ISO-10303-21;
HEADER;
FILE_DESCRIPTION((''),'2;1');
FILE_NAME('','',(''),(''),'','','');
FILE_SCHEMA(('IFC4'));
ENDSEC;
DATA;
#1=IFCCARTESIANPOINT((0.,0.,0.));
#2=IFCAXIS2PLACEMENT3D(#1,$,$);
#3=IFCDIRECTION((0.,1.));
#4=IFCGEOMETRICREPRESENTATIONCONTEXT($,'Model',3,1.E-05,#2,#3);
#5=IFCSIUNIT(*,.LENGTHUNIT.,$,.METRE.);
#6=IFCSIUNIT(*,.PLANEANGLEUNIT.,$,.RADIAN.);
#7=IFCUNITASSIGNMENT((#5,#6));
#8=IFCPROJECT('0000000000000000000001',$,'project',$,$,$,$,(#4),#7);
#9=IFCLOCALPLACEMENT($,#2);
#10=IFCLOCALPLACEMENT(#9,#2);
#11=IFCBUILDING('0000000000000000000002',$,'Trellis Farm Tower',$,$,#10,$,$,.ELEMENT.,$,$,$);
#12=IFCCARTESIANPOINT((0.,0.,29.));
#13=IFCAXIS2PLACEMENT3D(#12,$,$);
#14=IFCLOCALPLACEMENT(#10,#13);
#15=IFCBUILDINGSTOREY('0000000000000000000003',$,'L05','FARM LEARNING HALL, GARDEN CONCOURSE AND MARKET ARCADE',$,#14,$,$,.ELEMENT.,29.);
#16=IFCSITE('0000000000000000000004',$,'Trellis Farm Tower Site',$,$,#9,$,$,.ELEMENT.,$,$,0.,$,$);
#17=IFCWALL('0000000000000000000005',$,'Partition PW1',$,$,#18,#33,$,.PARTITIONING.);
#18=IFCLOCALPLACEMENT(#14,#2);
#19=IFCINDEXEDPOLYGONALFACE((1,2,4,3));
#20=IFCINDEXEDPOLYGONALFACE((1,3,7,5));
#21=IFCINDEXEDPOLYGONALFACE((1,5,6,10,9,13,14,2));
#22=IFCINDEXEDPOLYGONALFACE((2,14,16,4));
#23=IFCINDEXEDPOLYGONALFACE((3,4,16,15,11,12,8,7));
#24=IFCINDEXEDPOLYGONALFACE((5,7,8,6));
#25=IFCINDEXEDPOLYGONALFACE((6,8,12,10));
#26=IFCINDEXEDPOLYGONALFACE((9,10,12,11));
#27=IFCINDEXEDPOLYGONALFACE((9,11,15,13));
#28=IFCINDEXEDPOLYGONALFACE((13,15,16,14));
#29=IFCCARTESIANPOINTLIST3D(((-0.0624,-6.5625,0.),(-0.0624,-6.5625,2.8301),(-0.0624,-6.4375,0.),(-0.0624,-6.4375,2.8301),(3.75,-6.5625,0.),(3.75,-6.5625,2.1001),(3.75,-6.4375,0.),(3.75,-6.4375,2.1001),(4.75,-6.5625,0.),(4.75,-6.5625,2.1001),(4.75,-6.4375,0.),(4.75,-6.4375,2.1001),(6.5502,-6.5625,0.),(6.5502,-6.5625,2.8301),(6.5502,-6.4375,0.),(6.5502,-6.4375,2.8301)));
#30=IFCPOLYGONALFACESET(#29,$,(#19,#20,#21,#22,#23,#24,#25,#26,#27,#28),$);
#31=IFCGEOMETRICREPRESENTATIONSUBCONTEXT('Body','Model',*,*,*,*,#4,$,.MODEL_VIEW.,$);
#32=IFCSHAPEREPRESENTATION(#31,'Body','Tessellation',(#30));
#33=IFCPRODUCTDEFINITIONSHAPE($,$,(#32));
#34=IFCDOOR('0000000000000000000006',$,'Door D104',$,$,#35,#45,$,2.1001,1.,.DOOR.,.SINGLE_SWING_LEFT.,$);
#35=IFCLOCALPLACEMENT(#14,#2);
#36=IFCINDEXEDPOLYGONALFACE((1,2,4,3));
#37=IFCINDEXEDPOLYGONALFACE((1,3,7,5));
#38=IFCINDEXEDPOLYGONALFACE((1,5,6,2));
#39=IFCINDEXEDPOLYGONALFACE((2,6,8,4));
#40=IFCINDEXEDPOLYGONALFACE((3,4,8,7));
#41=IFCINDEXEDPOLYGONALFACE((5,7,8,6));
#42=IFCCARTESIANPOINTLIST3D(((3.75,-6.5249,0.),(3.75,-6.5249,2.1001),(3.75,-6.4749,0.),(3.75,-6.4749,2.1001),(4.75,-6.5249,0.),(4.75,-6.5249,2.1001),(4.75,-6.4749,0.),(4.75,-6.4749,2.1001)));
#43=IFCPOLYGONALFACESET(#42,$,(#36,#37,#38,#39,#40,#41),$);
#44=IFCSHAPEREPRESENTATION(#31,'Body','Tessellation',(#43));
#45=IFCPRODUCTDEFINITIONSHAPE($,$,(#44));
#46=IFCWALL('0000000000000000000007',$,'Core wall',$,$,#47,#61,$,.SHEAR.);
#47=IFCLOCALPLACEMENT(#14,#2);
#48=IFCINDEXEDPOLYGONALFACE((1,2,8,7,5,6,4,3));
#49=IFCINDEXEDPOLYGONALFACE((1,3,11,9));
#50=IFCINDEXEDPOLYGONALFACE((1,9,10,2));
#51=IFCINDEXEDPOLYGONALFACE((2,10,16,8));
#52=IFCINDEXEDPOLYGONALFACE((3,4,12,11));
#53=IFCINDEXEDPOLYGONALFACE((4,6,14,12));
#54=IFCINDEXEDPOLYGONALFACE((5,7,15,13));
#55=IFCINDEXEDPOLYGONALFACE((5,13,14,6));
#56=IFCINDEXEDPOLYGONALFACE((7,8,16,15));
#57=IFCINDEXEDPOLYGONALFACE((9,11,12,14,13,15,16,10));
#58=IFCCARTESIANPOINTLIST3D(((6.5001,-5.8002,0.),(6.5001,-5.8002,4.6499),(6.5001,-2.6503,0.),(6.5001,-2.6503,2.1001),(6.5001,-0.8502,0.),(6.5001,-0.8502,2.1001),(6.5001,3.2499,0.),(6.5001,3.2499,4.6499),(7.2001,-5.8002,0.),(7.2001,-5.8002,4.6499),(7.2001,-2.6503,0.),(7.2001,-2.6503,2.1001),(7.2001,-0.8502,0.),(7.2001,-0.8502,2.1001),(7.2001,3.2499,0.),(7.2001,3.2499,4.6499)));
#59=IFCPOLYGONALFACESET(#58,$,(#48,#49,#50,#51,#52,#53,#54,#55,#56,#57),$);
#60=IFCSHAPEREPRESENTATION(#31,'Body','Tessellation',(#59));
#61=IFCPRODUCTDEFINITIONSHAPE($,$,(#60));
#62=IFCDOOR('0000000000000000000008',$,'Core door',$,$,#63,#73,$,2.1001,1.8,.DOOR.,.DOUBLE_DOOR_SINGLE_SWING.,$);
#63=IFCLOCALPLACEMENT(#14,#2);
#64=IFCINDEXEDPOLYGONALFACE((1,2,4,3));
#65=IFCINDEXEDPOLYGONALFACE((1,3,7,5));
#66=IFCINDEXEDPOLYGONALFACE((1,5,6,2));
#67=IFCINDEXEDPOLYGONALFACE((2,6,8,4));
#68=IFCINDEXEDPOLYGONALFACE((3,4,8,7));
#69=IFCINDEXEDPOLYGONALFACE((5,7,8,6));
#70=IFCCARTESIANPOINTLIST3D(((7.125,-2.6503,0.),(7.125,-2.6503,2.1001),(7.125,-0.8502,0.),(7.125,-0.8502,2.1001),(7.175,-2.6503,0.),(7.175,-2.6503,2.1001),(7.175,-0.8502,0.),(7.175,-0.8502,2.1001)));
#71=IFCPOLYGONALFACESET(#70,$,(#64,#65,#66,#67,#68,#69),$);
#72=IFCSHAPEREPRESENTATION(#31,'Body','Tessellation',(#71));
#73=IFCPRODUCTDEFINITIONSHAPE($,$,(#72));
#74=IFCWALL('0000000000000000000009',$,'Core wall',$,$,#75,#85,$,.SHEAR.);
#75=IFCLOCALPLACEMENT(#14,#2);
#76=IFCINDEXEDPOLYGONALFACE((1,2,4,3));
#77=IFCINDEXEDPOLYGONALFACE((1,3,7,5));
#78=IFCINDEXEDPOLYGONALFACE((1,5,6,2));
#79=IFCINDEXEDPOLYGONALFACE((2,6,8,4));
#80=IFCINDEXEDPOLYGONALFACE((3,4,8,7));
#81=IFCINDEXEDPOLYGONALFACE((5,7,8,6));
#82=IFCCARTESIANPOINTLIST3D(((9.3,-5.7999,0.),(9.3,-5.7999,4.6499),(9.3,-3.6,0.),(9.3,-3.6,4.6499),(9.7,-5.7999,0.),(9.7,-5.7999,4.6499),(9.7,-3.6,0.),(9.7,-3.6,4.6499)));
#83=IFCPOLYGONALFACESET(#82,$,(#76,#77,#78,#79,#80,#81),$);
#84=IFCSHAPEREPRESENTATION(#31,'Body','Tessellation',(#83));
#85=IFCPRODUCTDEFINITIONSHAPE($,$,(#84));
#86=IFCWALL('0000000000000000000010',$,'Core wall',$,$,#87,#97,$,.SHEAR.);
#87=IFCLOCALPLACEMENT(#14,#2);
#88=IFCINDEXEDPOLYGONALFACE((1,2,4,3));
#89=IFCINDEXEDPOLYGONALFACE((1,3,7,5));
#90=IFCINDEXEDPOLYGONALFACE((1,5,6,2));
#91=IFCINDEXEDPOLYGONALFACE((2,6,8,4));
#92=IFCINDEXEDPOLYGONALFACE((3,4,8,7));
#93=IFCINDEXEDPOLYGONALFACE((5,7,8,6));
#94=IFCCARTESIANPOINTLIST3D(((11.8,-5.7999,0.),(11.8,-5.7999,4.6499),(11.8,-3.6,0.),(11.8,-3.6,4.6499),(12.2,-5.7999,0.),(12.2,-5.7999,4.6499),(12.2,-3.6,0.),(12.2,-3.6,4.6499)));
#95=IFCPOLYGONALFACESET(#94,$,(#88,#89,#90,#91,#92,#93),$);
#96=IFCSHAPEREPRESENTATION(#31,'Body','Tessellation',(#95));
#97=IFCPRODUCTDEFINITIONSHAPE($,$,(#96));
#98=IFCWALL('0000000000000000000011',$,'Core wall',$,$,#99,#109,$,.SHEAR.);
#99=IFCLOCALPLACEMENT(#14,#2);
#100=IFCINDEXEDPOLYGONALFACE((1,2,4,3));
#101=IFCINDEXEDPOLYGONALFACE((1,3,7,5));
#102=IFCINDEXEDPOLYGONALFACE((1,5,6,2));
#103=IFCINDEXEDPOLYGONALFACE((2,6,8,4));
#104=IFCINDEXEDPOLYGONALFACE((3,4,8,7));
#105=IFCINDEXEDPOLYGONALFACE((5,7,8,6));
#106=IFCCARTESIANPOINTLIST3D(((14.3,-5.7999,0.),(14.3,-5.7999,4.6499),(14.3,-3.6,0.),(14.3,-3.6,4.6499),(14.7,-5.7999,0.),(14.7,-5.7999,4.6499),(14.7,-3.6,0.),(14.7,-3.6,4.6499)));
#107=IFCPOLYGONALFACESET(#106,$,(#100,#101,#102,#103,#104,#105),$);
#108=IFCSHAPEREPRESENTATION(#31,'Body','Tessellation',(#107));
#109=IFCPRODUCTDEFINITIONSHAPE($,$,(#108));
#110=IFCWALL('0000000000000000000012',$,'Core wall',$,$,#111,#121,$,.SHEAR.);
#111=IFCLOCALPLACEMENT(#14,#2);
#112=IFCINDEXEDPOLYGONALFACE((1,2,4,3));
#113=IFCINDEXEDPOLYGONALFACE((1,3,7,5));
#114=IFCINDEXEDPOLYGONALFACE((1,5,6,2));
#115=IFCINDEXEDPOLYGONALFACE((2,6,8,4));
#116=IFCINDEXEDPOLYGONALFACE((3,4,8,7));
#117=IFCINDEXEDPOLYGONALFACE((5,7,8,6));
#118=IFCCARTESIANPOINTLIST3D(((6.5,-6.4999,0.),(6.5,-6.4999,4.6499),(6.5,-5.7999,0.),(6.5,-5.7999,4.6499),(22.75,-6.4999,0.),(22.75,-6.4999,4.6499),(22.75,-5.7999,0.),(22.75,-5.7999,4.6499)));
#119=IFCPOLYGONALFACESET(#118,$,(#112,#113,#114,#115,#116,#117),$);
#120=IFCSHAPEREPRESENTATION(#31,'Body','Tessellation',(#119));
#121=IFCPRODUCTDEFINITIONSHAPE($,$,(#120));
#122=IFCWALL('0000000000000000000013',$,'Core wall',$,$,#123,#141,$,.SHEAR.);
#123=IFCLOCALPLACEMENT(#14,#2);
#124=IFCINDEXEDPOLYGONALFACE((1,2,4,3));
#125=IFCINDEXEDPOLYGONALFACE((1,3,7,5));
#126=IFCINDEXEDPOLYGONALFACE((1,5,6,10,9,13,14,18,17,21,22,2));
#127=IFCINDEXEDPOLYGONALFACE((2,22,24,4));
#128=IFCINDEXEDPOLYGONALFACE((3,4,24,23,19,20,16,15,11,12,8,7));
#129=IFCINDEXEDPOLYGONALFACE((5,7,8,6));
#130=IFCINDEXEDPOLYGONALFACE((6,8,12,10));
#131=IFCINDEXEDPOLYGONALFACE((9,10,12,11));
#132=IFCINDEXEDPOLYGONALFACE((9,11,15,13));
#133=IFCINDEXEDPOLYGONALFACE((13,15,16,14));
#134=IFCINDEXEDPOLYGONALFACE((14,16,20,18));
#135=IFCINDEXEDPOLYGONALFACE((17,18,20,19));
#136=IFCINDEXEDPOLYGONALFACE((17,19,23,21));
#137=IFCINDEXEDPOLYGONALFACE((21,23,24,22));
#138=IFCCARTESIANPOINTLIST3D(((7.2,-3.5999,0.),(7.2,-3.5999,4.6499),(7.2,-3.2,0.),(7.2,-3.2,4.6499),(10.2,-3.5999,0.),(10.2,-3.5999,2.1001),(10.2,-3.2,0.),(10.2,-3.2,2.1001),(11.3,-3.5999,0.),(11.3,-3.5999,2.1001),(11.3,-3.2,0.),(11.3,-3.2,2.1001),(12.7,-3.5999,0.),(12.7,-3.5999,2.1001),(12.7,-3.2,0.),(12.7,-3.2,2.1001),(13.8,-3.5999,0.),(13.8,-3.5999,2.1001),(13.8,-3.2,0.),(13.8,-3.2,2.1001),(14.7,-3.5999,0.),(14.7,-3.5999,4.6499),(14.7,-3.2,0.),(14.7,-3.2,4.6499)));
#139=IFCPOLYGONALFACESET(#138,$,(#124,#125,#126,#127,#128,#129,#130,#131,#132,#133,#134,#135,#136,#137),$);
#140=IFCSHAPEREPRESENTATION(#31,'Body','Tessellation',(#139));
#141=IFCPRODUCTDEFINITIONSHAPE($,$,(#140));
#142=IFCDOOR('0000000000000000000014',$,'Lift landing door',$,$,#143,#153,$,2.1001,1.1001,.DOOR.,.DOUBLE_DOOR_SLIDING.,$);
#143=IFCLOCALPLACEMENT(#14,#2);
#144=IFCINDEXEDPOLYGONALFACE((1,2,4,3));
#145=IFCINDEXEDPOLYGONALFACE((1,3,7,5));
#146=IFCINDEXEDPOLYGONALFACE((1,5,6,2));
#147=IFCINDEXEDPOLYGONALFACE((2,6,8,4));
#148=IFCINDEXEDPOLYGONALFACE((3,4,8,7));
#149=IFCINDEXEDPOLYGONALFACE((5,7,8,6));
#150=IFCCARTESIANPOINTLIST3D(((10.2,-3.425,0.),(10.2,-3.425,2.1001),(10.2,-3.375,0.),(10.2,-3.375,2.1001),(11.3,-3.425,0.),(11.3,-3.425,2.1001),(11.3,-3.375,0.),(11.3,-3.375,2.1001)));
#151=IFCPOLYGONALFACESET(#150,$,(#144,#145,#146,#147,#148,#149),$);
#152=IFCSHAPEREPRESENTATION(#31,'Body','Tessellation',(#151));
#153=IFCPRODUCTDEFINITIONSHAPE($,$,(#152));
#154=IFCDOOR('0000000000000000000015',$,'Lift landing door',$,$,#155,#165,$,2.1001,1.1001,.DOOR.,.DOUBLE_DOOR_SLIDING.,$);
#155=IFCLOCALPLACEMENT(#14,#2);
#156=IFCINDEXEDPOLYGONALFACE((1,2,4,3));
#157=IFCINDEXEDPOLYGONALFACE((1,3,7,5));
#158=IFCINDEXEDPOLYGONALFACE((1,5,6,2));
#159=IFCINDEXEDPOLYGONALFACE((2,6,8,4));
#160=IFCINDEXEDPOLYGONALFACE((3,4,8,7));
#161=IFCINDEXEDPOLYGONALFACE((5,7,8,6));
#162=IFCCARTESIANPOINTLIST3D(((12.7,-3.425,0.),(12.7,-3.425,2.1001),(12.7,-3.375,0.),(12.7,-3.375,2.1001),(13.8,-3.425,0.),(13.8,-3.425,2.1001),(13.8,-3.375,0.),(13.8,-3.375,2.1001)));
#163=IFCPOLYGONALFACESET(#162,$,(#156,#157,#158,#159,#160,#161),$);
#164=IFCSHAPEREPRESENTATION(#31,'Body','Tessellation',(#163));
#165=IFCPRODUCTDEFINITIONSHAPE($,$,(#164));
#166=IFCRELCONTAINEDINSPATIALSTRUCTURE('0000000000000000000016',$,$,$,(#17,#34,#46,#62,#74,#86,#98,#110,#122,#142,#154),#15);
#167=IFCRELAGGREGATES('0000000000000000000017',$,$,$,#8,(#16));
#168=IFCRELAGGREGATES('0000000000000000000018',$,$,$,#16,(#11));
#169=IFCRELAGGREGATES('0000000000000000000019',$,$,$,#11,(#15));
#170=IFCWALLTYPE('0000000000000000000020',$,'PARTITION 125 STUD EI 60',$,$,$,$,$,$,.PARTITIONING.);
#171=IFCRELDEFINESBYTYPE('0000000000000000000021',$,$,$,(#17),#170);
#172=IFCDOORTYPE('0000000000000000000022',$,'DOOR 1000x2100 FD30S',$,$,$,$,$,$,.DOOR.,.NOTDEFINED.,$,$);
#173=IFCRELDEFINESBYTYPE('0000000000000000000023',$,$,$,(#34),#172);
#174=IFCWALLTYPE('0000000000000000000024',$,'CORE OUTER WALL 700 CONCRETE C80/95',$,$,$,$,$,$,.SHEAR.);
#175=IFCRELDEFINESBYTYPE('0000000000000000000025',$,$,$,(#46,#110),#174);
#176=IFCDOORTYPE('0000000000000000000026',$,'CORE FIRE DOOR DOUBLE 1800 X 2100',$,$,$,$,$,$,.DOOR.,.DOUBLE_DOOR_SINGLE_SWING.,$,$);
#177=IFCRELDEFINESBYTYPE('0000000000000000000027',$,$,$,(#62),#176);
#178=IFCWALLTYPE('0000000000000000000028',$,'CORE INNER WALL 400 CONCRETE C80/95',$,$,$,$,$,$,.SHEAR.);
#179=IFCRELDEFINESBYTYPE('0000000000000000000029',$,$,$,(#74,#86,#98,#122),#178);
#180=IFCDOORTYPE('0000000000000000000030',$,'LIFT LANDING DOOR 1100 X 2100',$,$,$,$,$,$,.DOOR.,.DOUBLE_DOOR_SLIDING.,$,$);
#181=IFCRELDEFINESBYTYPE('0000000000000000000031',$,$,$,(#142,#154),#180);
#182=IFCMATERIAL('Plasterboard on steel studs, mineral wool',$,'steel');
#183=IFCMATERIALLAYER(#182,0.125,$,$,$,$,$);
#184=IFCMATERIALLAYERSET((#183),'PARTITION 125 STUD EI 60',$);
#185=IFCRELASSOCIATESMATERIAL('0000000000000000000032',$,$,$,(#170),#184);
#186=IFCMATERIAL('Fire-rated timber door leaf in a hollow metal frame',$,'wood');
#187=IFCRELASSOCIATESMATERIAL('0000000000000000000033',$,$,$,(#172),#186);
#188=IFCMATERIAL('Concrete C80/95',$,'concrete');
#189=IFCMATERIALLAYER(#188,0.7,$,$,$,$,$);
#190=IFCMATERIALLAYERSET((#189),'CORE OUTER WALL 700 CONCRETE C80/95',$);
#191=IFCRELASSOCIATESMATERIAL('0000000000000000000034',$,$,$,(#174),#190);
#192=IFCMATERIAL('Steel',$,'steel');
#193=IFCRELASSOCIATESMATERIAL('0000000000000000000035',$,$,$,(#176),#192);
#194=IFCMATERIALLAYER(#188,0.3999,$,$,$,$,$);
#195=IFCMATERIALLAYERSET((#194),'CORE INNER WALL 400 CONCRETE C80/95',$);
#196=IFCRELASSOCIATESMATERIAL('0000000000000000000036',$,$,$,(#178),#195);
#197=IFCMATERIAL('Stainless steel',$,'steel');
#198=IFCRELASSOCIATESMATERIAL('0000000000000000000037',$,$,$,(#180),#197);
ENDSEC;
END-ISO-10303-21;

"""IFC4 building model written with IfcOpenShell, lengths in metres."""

from ifc_helpers import new_model, si_unit, direction, frame, frame_2d, origin, place, context, subcontext, project, spatial, rectangle, extrude, source, transform, mapped, material, layer, layer_set, type_object, element, fill, save


model = new_model("IFC4")

# Units and contexts
model_context = context("Model", 3, precision=1e-05, world=origin(), true_north=direction((0.0, 1.0)))
body_context = subcontext(model_context, "Body", "Model", "MODEL_VIEW")
ifc_project = project(units=[si_unit("LENGTHUNIT", "METRE"), si_unit("PLANEANGLEUNIT", "RADIAN")], contexts=[model_context])

# Site, building, storey
site_placement = place(None, origin())
site = spatial("IfcSite", under=ifc_project, at=site_placement, Name="Trellis Farm Tower Site", CompositionType="ELEMENT", RefElevation=0.0)
building_placement = place(site_placement, origin())
building = spatial("IfcBuilding", under=site, at=building_placement, Name="Trellis Farm Tower", CompositionType="ELEMENT")
storey_placement = place(building_placement, frame((0.0, 0.0, 29.0)))
storey = spatial("IfcBuildingStorey", under=building, at=storey_placement, Name="L05", Description="FARM LEARNING HALL, GARDEN CONCOURSE AND MARKET ARCADE", CompositionType="ELEMENT", Elevation=29.0)

# Shared definitions
ifc_material_1 = material(Name="Concrete C80/95", Category="concrete")

# Walls, openings, doors
ifc_material_2 = material(Name="Plasterboard on steel studs, mineral wool", Category="steel")
ifc_layer_1 = layer(ifc_material_2, 0.125)
ifc_layer_set_1 = layer_set([ifc_layer_1], Name="PARTITION 125 STUD EI 60")
wall_type_1 = type_object("IfcWallType", Name="PARTITION 125 STUD EI 60", PredefinedType="PARTITIONING", material=ifc_layer_set_1)
shared_shape_1 = source(origin(), body_context, "Body", "SweptSolid", [
    extrude(rectangle(XDim=1.0, YDim=2.1001, at=frame_2d((0.5, 1.05))), frame((0.0, 0.0725, 0.0), z_axis=(0.0, -1.0, 0.0), x_axis=(1.0, 0.0, 0.0)), (0.0, 0.0, 1.0), 0.145),
])
ifc_material_3 = material(Name="Fire-rated timber door leaf in a hollow metal frame", Category="wood")
door_type_1 = type_object("IfcDoorType", Name="DOOR 1000x2100 FD30S", OperationType="NOTDEFINED", PredefinedType="DOOR", material=ifc_material_3)
shared_shape_2 = source(origin(), body_context, "Body", "SweptSolid", [
    extrude(rectangle(XDim=1.0, YDim=2.1001, at=frame_2d((0.5, 1.05))), frame((0.0, 0.0249, 0.0), z_axis=(0.0, -1.0, 0.0), x_axis=(1.0, 0.0, 0.0)), (0.0, 0.0, 1.0), 0.05),
])
wall_1_placement = place(storey_placement, frame((6.55, -6.5, 0.0), z_axis=(0.0, 0.0, 1.0), x_axis=(-1.0, 0.0, 0.0)))
wall_1 = element("IfcWall", 1, at=wall_1_placement, inside=storey, type_object=wall_type_1, Name="Partition PW1", PredefinedType="PARTITIONING", context=body_context, shape_type="SweptSolid", body=[
    extrude(rectangle(XDim=6.6125, YDim=0.125, at=frame_2d((3.3062, 0.0))), origin(), (0.0, 0.0, 1.0), 2.8301),
])
opening_1_placement = place(wall_1_placement, frame((1.8, 0.0, 0.0)))
opening_1 = element("IfcOpeningElement", 2, at=opening_1_placement, cuts=wall_1, PredefinedType="OPENING", context=body_context, shape_type="MappedRepresentation", body=[
    mapped(shared_shape_1, transform((0.0, 0.0, 0.0))),
])
door_1_placement = place(opening_1_placement, origin())
door_1 = element("IfcDoor", 3, at=door_1_placement, inside=storey, type_object=door_type_1, Name="Door D104", OperationType="SINGLE_SWING_LEFT", OverallHeight=2.1001, OverallWidth=1.0, PredefinedType="DOOR", context=body_context, shape_type="MappedRepresentation", body=[
    mapped(shared_shape_2, transform((0.0, 0.0, 0.0))),
])
fill(opening_1, door_1)
ifc_layer_2 = layer(ifc_material_1, 0.7)
ifc_layer_set_2 = layer_set([ifc_layer_2], Name="CORE OUTER WALL 700 CONCRETE C80/95")
wall_type_2 = type_object("IfcWallType", Name="CORE OUTER WALL 700 CONCRETE C80/95", PredefinedType="SHEAR", material=ifc_layer_set_2)
shared_shape_3 = source(origin(), body_context, "Body", "SweptSolid", [
    extrude(rectangle(XDim=9.05, YDim=0.7, at=frame_2d((4.5249, 0.0))), origin(), (0.0, 0.0, 1.0), 4.6499),
])
wall_2_placement = place(storey_placement, frame((6.8501, -5.8, 0.0), z_axis=(0.0, 0.0, 1.0), x_axis=(0.0, 1.0, 0.0)))
wall_2 = element("IfcWall", 4, at=wall_2_placement, inside=storey, type_object=wall_type_2, Name="Core wall", PredefinedType="SHEAR", context=body_context, shape_type="MappedRepresentation", body=[
    mapped(shared_shape_3, transform((0.0, 0.0, 0.0))),
])
shared_shape_4 = source(origin(), body_context, "Body", "SweptSolid", [
    extrude(rectangle(XDim=1.8, YDim=2.1001, at=frame_2d((0.8999, 1.05))), frame((0.0, 0.3601, 0.0), z_axis=(0.0, -1.0, 0.0), x_axis=(1.0, 0.0, 0.0)), (0.0, 0.0, 1.0), 0.7202),
])
opening_2_placement = place(wall_2_placement, frame((3.1499, 0.0, 0.0)))
opening_2 = element("IfcOpeningElement", 5, at=opening_2_placement, cuts=wall_2, PredefinedType="OPENING", context=body_context, shape_type="MappedRepresentation", body=[
    mapped(shared_shape_4, transform((0.0, 0.0, 0.0))),
])
ifc_material_4 = material(Name="Steel", Category="steel")
door_type_2 = type_object("IfcDoorType", Name="CORE FIRE DOOR DOUBLE 1800 X 2100", OperationType="DOUBLE_DOOR_SINGLE_SWING", PredefinedType="DOOR", material=ifc_material_4)
shared_shape_5 = source(origin(), body_context, "Body", "SweptSolid", [
    extrude(rectangle(XDim=1.8, YDim=2.1001, at=frame_2d((0.8999, 1.05))), frame((0.0, -0.2749, 0.0), z_axis=(0.0, -1.0, 0.0), x_axis=(1.0, 0.0, 0.0)), (0.0, 0.0, 1.0), 0.05),
])
door_2_placement = place(opening_2_placement, origin())
door_2 = element("IfcDoor", 6, at=door_2_placement, inside=storey, type_object=door_type_2, Name="Core door", OperationType="DOUBLE_DOOR_SINGLE_SWING", OverallHeight=2.1001, OverallWidth=1.8, PredefinedType="DOOR", context=body_context, shape_type="MappedRepresentation", body=[
    mapped(shared_shape_5, transform((0.0, 0.0, 0.0))),
])
fill(opening_2, door_2)

# Walls
ifc_layer_3 = layer(ifc_material_1, 0.3999)
ifc_layer_set_3 = layer_set([ifc_layer_3], Name="CORE INNER WALL 400 CONCRETE C80/95")
wall_type_3 = type_object("IfcWallType", Name="CORE INNER WALL 400 CONCRETE C80/95", PredefinedType="SHEAR", material=ifc_layer_set_3)
shared_shape_6 = source(origin(), body_context, "Body", "SweptSolid", [
    extrude(rectangle(XDim=2.2, YDim=0.3999, at=frame_2d((1.1001, 0.0))), origin(), (0.0, 0.0, 1.0), 4.6499),
])
for number, where, z_axis, x_axis, name in (
    (7, (9.5, -5.8, 0.0), (0.0, 0.0, 1.0), (0.0, 1.0, 0.0), "Core wall"),
    (8, (12.0, -5.8, 0.0), (0.0, 0.0, 1.0), (0.0, 1.0, 0.0), "Core wall"),
    (9, (14.5, -5.8, 0.0), (0.0, 0.0, 1.0), (0.0, 1.0, 0.0), "Core wall"),
):
    element("IfcWall", number, at=place(storey_placement, frame(where, z_axis=z_axis, x_axis=x_axis)), inside=storey, type_object=wall_type_3, Name=name, PredefinedType="SHEAR", context=body_context, shape_type="MappedRepresentation", body=[
        mapped(shared_shape_6, transform((0.0, 0.0, 0.0))),
    ])
shared_shape_7 = source(origin(), body_context, "Body", "SweptSolid", [
    extrude(rectangle(XDim=16.25, YDim=0.7, at=frame_2d((8.125, 0.0))), origin(), (0.0, 0.0, 1.0), 4.6499),
])
wall_3_placement = place(storey_placement, frame((6.5, -6.1499, 0.0), z_axis=(0.0, 0.0, 1.0), x_axis=(1.0, 0.0, 0.0)))
element("IfcWall", 10, at=wall_3_placement, inside=storey, type_object=wall_type_2, Name="Core wall", PredefinedType="SHEAR", context=body_context, shape_type="MappedRepresentation", body=[
    mapped(shared_shape_7, transform((0.0, 0.0, 0.0))),
])

# Wall, openings, doors
shared_shape_8 = source(origin(), body_context, "Body", "SweptSolid", [
    extrude(rectangle(XDim=7.5, YDim=0.3999, at=frame_2d((3.75, 0.0))), origin(), (0.0, 0.0, 1.0), 4.6499),
])
wall_4_placement = place(storey_placement, frame((7.2, -3.3999, 0.0), z_axis=(0.0, 0.0, 1.0), x_axis=(1.0, 0.0, 0.0)))
wall_4 = element("IfcWall", 11, at=wall_4_placement, inside=storey, type_object=wall_type_3, Name="Core wall", PredefinedType="SHEAR", context=body_context, shape_type="MappedRepresentation", body=[
    mapped(shared_shape_8, transform((0.0, 0.0, 0.0))),
])
shared_shape_9 = source(origin(), body_context, "Body", "SweptSolid", [
    extrude(rectangle(XDim=1.1001, YDim=2.1001, at=frame_2d((0.55, 1.05))), frame((0.0, 0.21, 0.0), z_axis=(0.0, -1.0, 0.0), x_axis=(1.0, 0.0, 0.0)), (0.0, 0.0, 1.0), 0.4199),
])
opening_3_placement = place(wall_4_placement, frame((3.0, 0.0, 0.0)))
opening_3 = element("IfcOpeningElement", 12, at=opening_3_placement, cuts=wall_4, PredefinedType="OPENING", context=body_context, shape_type="MappedRepresentation", body=[
    mapped(shared_shape_9, transform((0.0, 0.0, 0.0))),
])
opening_4_placement = place(wall_4_placement, frame((5.5, 0.0, 0.0)))
opening_4 = element("IfcOpeningElement", 13, at=opening_4_placement, cuts=wall_4, PredefinedType="OPENING", context=body_context, shape_type="MappedRepresentation", body=[
    mapped(shared_shape_9, transform((0.0, 0.0, 0.0))),
])
ifc_material_5 = material(Name="Stainless steel", Category="steel")
door_type_3 = type_object("IfcDoorType", Name="LIFT LANDING DOOR 1100 X 2100", OperationType="DOUBLE_DOOR_SLIDING", PredefinedType="DOOR", material=ifc_material_5)
shared_shape_10 = source(origin(), body_context, "Body", "SweptSolid", [
    extrude(rectangle(XDim=1.1001, YDim=2.1001, at=frame_2d((0.55, 1.05))), frame((0.0, 0.0249, 0.0), z_axis=(0.0, -1.0, 0.0), x_axis=(1.0, 0.0, 0.0)), (0.0, 0.0, 1.0), 0.05),
])
door_3_placement = place(opening_3_placement, origin())
door_3 = element("IfcDoor", 14, at=door_3_placement, inside=storey, type_object=door_type_3, Name="Lift landing door", OperationType="DOUBLE_DOOR_SLIDING", OverallHeight=2.1001, OverallWidth=1.1001, PredefinedType="DOOR", context=body_context, shape_type="MappedRepresentation", body=[
    mapped(shared_shape_10, transform((0.0, 0.0, 0.0))),
])
fill(opening_3, door_3)
door_4_placement = place(opening_4_placement, origin())
door_4 = element("IfcDoor", 15, at=door_4_placement, inside=storey, type_object=door_type_3, Name="Lift landing door", OperationType="DOUBLE_DOOR_SLIDING", OverallHeight=2.1001, OverallWidth=1.1001, PredefinedType="DOOR", context=body_context, shape_type="MappedRepresentation", body=[
    mapped(shared_shape_10, transform((0.0, 0.0, 0.0))),
])
fill(opening_4, door_4)

save(model, "model.ifc")
